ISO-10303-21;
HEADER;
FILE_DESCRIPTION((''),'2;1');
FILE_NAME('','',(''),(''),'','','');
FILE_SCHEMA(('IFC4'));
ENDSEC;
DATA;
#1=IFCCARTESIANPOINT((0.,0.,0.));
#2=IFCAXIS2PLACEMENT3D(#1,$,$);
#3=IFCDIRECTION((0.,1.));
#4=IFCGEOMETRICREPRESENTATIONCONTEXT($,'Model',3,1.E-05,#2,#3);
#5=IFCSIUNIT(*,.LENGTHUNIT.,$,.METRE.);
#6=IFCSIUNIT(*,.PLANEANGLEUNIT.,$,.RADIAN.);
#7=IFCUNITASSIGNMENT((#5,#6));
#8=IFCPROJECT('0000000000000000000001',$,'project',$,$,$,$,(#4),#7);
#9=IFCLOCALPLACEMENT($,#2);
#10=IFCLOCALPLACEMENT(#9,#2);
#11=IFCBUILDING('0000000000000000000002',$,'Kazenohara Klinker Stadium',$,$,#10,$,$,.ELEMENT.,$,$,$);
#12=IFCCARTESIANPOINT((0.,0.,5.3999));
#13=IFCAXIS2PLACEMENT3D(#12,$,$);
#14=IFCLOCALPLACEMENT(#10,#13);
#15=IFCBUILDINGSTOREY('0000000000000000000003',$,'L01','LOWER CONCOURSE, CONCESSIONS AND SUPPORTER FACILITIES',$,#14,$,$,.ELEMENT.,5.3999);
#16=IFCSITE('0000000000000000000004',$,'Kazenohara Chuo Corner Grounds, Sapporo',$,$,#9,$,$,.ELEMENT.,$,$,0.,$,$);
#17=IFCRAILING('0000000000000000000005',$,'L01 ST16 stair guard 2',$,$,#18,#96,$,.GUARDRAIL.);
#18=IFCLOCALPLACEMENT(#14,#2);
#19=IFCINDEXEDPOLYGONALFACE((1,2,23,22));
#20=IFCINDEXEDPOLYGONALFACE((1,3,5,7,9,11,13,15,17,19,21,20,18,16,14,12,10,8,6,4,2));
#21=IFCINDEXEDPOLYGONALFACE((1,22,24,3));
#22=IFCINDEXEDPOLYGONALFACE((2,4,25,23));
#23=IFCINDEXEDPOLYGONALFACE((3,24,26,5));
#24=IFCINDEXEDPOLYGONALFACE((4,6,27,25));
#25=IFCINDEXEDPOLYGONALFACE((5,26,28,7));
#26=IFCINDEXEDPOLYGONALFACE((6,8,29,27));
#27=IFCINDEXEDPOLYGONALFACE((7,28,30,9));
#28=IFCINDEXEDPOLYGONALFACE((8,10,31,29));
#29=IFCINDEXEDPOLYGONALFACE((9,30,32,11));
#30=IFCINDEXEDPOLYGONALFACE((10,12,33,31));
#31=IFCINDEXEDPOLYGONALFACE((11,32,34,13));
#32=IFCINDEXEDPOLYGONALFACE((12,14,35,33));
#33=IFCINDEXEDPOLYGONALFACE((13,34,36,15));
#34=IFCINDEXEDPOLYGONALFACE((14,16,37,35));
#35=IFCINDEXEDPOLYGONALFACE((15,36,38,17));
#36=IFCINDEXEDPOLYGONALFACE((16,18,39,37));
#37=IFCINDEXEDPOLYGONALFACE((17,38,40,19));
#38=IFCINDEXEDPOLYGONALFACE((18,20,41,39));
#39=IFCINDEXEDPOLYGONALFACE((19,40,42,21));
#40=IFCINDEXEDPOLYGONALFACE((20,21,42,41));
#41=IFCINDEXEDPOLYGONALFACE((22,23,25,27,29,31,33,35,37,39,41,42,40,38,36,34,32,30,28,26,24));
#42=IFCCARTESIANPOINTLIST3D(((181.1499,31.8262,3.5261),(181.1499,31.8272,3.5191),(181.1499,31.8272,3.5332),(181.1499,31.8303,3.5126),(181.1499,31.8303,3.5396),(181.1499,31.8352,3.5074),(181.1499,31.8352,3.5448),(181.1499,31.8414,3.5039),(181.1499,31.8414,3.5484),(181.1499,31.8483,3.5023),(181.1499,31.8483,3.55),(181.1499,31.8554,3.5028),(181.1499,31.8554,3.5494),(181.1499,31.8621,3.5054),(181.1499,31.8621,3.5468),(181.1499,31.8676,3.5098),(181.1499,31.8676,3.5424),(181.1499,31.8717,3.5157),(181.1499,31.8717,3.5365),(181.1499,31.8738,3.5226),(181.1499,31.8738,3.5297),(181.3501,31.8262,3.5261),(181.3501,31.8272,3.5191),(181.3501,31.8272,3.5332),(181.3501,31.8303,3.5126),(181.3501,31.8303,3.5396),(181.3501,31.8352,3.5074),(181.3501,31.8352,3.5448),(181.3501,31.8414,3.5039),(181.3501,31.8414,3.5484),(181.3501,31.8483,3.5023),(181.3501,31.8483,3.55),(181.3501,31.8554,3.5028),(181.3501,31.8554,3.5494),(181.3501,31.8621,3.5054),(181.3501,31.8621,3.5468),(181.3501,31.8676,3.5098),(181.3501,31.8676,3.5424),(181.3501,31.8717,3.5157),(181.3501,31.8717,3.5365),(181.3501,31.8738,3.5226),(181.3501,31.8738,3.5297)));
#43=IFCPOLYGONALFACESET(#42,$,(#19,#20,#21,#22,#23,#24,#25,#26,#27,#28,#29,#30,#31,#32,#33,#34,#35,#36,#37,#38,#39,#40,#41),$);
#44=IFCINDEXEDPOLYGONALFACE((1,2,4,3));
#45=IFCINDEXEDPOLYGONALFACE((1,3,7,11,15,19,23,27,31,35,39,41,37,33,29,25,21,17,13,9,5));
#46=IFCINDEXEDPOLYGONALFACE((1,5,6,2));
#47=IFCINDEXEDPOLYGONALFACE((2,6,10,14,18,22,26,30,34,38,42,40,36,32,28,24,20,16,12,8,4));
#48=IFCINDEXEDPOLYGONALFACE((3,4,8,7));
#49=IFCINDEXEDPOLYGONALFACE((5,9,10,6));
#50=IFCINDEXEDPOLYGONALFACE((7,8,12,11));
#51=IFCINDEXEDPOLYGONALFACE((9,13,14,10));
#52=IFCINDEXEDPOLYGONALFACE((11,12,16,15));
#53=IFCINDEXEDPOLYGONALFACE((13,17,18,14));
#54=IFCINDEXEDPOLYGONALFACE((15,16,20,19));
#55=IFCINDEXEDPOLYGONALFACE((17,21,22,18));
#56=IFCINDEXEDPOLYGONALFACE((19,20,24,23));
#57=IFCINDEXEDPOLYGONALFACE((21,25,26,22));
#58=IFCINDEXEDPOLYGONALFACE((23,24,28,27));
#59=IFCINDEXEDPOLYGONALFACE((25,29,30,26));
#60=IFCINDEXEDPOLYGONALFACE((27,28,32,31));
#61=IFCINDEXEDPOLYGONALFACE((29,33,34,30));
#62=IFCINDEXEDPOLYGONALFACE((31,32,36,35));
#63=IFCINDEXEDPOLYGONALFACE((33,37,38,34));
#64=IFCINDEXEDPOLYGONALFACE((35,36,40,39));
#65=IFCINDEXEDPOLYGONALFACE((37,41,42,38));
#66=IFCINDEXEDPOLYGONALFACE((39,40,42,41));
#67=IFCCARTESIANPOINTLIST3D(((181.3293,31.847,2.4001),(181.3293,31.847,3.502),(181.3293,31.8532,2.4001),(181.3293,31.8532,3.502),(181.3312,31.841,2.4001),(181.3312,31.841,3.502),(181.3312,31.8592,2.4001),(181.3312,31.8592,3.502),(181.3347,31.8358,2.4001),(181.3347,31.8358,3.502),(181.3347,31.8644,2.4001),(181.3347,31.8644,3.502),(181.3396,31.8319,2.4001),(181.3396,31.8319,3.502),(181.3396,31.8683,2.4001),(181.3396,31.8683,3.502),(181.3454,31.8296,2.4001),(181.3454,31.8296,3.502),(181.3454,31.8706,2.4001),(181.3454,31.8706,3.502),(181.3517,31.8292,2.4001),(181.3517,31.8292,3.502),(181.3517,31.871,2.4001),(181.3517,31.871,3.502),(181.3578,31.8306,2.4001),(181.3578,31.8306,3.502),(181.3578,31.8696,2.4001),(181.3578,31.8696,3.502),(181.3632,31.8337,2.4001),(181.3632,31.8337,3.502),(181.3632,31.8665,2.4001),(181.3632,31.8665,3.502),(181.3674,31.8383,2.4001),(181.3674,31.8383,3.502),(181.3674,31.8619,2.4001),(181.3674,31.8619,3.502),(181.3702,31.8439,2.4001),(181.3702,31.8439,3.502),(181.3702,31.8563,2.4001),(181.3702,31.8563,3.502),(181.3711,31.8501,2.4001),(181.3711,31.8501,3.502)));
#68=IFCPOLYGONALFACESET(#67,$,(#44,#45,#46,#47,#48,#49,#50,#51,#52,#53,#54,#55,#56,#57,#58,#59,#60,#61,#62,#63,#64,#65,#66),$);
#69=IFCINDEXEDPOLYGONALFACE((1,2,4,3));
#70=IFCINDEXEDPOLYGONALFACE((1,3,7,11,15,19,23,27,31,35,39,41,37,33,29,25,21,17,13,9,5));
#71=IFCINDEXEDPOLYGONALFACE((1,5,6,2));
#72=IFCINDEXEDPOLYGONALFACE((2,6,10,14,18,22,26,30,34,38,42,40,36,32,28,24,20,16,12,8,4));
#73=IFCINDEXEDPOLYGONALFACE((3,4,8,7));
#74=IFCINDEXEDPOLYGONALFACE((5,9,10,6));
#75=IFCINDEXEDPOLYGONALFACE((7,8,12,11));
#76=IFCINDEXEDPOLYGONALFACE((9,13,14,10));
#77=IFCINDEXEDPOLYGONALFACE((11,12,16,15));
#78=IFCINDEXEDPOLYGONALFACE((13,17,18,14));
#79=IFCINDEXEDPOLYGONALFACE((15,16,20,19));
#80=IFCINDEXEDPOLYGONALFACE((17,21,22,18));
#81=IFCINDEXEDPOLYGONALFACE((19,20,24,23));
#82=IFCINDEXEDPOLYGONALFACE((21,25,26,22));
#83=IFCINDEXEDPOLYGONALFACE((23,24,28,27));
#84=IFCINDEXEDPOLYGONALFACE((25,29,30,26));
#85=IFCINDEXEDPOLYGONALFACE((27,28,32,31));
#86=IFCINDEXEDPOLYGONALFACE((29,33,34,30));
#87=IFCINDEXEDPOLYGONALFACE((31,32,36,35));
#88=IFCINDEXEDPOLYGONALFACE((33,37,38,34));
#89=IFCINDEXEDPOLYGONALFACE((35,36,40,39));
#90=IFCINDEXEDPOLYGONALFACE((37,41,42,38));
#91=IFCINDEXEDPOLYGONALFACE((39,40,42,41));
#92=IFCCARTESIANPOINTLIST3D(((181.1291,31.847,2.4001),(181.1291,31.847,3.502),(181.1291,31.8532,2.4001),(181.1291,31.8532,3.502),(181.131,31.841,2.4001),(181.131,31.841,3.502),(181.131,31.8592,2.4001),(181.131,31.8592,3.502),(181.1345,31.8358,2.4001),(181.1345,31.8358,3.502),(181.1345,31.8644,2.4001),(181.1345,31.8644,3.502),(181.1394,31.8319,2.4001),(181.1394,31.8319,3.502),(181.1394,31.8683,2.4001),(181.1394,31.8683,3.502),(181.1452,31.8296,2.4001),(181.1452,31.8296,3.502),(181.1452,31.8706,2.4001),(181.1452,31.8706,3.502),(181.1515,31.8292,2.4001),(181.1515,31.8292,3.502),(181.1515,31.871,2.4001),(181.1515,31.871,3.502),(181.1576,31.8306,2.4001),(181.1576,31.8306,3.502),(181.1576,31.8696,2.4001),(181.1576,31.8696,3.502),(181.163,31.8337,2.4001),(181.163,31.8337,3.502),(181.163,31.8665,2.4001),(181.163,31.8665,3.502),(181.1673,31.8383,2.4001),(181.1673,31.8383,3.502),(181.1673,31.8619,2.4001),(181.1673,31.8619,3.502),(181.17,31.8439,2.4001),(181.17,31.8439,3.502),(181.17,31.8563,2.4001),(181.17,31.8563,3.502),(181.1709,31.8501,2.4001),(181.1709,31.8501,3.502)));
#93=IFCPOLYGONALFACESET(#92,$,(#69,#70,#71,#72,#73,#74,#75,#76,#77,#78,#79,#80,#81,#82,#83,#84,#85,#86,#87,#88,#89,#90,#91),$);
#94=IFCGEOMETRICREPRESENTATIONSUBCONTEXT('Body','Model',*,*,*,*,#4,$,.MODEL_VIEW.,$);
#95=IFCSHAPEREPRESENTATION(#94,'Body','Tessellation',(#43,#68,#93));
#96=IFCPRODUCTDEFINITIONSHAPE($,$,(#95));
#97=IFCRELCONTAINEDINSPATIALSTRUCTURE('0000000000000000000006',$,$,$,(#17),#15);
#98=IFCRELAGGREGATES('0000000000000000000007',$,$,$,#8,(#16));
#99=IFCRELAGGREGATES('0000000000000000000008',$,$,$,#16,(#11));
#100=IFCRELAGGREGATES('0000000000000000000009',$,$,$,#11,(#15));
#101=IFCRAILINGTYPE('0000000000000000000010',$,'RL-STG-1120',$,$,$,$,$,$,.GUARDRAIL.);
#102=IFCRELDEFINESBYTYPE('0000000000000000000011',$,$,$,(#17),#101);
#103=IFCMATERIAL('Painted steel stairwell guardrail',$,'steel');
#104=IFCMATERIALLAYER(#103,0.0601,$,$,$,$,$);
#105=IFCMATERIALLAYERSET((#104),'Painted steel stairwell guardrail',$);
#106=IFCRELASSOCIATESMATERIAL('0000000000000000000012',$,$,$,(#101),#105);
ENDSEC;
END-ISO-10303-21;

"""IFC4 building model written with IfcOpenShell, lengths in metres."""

from ifc_helpers import new_model, si_unit, direction, frame, origin, origin_2d, place, context, subcontext, project, spatial, circle, extrude, material, layer, layer_set, type_object, element, save


model = new_model("IFC4")

# Units and contexts
model_context = context("Model", 3, precision=1e-05, world=origin(), true_north=direction((0.0, 1.0)))
body_context = subcontext(model_context, "Body", "Model", "MODEL_VIEW")
ifc_project = project(units=[si_unit("LENGTHUNIT", "METRE"), si_unit("PLANEANGLEUNIT", "RADIAN")], contexts=[model_context])

# Site, building, storey
site_placement = place(None, origin())
site = spatial("IfcSite", under=ifc_project, at=site_placement, Name="Kazenohara Chuo Corner Grounds, Sapporo", CompositionType="ELEMENT", RefElevation=0.0)
building_placement = place(site_placement, origin())
building = spatial("IfcBuilding", under=site, at=building_placement, Name="Kazenohara Klinker Stadium", CompositionType="ELEMENT")
storey_placement = place(building_placement, frame((0.0, 0.0, 5.3999)))
storey = spatial("IfcBuildingStorey", under=building, at=storey_placement, Name="L01", Description="LOWER CONCOURSE, CONCESSIONS AND SUPPORTER FACILITIES", CompositionType="ELEMENT", Elevation=5.3999)

# Railing
ifc_material_1 = material(Name="Painted steel stairwell guardrail", Category="steel")
ifc_layer_1 = layer(ifc_material_1, 0.0601)
ifc_layer_set_1 = layer_set([ifc_layer_1], Name="Painted steel stairwell guardrail")
railing_type_1 = type_object("IfcRailingType", Name="RL-STG-1120", PredefinedType="GUARDRAIL", material=ifc_layer_set_1)
railing_1_placement = place(storey_placement, frame((181.3501, 31.8501, 2.4001)))
element("IfcRailing", 1, at=railing_1_placement, inside=storey, type_object=railing_type_1, Name="L01 ST16 stair guard 2", PredefinedType="GUARDRAIL", context=body_context, shape_type="SweptSolid", body=[
    extrude(circle(Radius=0.0239, at=origin_2d()), frame((0.0, 0.0, 1.126), z_axis=(-1.0, 0.0, 0.0), x_axis=(0.0, -1.0, 0.0)), (0.0, 0.0, 1.0), 0.2002),
    extrude(circle(Radius=0.021, at=origin_2d()), origin(), (0.0, 0.0, 1.0), 1.1018),
    extrude(circle(Radius=0.021, at=origin_2d()), frame((-0.2002, 0.0, 0.0)), (0.0, 0.0, 1.0), 1.1018),
])

save(model, "model.ifc")
